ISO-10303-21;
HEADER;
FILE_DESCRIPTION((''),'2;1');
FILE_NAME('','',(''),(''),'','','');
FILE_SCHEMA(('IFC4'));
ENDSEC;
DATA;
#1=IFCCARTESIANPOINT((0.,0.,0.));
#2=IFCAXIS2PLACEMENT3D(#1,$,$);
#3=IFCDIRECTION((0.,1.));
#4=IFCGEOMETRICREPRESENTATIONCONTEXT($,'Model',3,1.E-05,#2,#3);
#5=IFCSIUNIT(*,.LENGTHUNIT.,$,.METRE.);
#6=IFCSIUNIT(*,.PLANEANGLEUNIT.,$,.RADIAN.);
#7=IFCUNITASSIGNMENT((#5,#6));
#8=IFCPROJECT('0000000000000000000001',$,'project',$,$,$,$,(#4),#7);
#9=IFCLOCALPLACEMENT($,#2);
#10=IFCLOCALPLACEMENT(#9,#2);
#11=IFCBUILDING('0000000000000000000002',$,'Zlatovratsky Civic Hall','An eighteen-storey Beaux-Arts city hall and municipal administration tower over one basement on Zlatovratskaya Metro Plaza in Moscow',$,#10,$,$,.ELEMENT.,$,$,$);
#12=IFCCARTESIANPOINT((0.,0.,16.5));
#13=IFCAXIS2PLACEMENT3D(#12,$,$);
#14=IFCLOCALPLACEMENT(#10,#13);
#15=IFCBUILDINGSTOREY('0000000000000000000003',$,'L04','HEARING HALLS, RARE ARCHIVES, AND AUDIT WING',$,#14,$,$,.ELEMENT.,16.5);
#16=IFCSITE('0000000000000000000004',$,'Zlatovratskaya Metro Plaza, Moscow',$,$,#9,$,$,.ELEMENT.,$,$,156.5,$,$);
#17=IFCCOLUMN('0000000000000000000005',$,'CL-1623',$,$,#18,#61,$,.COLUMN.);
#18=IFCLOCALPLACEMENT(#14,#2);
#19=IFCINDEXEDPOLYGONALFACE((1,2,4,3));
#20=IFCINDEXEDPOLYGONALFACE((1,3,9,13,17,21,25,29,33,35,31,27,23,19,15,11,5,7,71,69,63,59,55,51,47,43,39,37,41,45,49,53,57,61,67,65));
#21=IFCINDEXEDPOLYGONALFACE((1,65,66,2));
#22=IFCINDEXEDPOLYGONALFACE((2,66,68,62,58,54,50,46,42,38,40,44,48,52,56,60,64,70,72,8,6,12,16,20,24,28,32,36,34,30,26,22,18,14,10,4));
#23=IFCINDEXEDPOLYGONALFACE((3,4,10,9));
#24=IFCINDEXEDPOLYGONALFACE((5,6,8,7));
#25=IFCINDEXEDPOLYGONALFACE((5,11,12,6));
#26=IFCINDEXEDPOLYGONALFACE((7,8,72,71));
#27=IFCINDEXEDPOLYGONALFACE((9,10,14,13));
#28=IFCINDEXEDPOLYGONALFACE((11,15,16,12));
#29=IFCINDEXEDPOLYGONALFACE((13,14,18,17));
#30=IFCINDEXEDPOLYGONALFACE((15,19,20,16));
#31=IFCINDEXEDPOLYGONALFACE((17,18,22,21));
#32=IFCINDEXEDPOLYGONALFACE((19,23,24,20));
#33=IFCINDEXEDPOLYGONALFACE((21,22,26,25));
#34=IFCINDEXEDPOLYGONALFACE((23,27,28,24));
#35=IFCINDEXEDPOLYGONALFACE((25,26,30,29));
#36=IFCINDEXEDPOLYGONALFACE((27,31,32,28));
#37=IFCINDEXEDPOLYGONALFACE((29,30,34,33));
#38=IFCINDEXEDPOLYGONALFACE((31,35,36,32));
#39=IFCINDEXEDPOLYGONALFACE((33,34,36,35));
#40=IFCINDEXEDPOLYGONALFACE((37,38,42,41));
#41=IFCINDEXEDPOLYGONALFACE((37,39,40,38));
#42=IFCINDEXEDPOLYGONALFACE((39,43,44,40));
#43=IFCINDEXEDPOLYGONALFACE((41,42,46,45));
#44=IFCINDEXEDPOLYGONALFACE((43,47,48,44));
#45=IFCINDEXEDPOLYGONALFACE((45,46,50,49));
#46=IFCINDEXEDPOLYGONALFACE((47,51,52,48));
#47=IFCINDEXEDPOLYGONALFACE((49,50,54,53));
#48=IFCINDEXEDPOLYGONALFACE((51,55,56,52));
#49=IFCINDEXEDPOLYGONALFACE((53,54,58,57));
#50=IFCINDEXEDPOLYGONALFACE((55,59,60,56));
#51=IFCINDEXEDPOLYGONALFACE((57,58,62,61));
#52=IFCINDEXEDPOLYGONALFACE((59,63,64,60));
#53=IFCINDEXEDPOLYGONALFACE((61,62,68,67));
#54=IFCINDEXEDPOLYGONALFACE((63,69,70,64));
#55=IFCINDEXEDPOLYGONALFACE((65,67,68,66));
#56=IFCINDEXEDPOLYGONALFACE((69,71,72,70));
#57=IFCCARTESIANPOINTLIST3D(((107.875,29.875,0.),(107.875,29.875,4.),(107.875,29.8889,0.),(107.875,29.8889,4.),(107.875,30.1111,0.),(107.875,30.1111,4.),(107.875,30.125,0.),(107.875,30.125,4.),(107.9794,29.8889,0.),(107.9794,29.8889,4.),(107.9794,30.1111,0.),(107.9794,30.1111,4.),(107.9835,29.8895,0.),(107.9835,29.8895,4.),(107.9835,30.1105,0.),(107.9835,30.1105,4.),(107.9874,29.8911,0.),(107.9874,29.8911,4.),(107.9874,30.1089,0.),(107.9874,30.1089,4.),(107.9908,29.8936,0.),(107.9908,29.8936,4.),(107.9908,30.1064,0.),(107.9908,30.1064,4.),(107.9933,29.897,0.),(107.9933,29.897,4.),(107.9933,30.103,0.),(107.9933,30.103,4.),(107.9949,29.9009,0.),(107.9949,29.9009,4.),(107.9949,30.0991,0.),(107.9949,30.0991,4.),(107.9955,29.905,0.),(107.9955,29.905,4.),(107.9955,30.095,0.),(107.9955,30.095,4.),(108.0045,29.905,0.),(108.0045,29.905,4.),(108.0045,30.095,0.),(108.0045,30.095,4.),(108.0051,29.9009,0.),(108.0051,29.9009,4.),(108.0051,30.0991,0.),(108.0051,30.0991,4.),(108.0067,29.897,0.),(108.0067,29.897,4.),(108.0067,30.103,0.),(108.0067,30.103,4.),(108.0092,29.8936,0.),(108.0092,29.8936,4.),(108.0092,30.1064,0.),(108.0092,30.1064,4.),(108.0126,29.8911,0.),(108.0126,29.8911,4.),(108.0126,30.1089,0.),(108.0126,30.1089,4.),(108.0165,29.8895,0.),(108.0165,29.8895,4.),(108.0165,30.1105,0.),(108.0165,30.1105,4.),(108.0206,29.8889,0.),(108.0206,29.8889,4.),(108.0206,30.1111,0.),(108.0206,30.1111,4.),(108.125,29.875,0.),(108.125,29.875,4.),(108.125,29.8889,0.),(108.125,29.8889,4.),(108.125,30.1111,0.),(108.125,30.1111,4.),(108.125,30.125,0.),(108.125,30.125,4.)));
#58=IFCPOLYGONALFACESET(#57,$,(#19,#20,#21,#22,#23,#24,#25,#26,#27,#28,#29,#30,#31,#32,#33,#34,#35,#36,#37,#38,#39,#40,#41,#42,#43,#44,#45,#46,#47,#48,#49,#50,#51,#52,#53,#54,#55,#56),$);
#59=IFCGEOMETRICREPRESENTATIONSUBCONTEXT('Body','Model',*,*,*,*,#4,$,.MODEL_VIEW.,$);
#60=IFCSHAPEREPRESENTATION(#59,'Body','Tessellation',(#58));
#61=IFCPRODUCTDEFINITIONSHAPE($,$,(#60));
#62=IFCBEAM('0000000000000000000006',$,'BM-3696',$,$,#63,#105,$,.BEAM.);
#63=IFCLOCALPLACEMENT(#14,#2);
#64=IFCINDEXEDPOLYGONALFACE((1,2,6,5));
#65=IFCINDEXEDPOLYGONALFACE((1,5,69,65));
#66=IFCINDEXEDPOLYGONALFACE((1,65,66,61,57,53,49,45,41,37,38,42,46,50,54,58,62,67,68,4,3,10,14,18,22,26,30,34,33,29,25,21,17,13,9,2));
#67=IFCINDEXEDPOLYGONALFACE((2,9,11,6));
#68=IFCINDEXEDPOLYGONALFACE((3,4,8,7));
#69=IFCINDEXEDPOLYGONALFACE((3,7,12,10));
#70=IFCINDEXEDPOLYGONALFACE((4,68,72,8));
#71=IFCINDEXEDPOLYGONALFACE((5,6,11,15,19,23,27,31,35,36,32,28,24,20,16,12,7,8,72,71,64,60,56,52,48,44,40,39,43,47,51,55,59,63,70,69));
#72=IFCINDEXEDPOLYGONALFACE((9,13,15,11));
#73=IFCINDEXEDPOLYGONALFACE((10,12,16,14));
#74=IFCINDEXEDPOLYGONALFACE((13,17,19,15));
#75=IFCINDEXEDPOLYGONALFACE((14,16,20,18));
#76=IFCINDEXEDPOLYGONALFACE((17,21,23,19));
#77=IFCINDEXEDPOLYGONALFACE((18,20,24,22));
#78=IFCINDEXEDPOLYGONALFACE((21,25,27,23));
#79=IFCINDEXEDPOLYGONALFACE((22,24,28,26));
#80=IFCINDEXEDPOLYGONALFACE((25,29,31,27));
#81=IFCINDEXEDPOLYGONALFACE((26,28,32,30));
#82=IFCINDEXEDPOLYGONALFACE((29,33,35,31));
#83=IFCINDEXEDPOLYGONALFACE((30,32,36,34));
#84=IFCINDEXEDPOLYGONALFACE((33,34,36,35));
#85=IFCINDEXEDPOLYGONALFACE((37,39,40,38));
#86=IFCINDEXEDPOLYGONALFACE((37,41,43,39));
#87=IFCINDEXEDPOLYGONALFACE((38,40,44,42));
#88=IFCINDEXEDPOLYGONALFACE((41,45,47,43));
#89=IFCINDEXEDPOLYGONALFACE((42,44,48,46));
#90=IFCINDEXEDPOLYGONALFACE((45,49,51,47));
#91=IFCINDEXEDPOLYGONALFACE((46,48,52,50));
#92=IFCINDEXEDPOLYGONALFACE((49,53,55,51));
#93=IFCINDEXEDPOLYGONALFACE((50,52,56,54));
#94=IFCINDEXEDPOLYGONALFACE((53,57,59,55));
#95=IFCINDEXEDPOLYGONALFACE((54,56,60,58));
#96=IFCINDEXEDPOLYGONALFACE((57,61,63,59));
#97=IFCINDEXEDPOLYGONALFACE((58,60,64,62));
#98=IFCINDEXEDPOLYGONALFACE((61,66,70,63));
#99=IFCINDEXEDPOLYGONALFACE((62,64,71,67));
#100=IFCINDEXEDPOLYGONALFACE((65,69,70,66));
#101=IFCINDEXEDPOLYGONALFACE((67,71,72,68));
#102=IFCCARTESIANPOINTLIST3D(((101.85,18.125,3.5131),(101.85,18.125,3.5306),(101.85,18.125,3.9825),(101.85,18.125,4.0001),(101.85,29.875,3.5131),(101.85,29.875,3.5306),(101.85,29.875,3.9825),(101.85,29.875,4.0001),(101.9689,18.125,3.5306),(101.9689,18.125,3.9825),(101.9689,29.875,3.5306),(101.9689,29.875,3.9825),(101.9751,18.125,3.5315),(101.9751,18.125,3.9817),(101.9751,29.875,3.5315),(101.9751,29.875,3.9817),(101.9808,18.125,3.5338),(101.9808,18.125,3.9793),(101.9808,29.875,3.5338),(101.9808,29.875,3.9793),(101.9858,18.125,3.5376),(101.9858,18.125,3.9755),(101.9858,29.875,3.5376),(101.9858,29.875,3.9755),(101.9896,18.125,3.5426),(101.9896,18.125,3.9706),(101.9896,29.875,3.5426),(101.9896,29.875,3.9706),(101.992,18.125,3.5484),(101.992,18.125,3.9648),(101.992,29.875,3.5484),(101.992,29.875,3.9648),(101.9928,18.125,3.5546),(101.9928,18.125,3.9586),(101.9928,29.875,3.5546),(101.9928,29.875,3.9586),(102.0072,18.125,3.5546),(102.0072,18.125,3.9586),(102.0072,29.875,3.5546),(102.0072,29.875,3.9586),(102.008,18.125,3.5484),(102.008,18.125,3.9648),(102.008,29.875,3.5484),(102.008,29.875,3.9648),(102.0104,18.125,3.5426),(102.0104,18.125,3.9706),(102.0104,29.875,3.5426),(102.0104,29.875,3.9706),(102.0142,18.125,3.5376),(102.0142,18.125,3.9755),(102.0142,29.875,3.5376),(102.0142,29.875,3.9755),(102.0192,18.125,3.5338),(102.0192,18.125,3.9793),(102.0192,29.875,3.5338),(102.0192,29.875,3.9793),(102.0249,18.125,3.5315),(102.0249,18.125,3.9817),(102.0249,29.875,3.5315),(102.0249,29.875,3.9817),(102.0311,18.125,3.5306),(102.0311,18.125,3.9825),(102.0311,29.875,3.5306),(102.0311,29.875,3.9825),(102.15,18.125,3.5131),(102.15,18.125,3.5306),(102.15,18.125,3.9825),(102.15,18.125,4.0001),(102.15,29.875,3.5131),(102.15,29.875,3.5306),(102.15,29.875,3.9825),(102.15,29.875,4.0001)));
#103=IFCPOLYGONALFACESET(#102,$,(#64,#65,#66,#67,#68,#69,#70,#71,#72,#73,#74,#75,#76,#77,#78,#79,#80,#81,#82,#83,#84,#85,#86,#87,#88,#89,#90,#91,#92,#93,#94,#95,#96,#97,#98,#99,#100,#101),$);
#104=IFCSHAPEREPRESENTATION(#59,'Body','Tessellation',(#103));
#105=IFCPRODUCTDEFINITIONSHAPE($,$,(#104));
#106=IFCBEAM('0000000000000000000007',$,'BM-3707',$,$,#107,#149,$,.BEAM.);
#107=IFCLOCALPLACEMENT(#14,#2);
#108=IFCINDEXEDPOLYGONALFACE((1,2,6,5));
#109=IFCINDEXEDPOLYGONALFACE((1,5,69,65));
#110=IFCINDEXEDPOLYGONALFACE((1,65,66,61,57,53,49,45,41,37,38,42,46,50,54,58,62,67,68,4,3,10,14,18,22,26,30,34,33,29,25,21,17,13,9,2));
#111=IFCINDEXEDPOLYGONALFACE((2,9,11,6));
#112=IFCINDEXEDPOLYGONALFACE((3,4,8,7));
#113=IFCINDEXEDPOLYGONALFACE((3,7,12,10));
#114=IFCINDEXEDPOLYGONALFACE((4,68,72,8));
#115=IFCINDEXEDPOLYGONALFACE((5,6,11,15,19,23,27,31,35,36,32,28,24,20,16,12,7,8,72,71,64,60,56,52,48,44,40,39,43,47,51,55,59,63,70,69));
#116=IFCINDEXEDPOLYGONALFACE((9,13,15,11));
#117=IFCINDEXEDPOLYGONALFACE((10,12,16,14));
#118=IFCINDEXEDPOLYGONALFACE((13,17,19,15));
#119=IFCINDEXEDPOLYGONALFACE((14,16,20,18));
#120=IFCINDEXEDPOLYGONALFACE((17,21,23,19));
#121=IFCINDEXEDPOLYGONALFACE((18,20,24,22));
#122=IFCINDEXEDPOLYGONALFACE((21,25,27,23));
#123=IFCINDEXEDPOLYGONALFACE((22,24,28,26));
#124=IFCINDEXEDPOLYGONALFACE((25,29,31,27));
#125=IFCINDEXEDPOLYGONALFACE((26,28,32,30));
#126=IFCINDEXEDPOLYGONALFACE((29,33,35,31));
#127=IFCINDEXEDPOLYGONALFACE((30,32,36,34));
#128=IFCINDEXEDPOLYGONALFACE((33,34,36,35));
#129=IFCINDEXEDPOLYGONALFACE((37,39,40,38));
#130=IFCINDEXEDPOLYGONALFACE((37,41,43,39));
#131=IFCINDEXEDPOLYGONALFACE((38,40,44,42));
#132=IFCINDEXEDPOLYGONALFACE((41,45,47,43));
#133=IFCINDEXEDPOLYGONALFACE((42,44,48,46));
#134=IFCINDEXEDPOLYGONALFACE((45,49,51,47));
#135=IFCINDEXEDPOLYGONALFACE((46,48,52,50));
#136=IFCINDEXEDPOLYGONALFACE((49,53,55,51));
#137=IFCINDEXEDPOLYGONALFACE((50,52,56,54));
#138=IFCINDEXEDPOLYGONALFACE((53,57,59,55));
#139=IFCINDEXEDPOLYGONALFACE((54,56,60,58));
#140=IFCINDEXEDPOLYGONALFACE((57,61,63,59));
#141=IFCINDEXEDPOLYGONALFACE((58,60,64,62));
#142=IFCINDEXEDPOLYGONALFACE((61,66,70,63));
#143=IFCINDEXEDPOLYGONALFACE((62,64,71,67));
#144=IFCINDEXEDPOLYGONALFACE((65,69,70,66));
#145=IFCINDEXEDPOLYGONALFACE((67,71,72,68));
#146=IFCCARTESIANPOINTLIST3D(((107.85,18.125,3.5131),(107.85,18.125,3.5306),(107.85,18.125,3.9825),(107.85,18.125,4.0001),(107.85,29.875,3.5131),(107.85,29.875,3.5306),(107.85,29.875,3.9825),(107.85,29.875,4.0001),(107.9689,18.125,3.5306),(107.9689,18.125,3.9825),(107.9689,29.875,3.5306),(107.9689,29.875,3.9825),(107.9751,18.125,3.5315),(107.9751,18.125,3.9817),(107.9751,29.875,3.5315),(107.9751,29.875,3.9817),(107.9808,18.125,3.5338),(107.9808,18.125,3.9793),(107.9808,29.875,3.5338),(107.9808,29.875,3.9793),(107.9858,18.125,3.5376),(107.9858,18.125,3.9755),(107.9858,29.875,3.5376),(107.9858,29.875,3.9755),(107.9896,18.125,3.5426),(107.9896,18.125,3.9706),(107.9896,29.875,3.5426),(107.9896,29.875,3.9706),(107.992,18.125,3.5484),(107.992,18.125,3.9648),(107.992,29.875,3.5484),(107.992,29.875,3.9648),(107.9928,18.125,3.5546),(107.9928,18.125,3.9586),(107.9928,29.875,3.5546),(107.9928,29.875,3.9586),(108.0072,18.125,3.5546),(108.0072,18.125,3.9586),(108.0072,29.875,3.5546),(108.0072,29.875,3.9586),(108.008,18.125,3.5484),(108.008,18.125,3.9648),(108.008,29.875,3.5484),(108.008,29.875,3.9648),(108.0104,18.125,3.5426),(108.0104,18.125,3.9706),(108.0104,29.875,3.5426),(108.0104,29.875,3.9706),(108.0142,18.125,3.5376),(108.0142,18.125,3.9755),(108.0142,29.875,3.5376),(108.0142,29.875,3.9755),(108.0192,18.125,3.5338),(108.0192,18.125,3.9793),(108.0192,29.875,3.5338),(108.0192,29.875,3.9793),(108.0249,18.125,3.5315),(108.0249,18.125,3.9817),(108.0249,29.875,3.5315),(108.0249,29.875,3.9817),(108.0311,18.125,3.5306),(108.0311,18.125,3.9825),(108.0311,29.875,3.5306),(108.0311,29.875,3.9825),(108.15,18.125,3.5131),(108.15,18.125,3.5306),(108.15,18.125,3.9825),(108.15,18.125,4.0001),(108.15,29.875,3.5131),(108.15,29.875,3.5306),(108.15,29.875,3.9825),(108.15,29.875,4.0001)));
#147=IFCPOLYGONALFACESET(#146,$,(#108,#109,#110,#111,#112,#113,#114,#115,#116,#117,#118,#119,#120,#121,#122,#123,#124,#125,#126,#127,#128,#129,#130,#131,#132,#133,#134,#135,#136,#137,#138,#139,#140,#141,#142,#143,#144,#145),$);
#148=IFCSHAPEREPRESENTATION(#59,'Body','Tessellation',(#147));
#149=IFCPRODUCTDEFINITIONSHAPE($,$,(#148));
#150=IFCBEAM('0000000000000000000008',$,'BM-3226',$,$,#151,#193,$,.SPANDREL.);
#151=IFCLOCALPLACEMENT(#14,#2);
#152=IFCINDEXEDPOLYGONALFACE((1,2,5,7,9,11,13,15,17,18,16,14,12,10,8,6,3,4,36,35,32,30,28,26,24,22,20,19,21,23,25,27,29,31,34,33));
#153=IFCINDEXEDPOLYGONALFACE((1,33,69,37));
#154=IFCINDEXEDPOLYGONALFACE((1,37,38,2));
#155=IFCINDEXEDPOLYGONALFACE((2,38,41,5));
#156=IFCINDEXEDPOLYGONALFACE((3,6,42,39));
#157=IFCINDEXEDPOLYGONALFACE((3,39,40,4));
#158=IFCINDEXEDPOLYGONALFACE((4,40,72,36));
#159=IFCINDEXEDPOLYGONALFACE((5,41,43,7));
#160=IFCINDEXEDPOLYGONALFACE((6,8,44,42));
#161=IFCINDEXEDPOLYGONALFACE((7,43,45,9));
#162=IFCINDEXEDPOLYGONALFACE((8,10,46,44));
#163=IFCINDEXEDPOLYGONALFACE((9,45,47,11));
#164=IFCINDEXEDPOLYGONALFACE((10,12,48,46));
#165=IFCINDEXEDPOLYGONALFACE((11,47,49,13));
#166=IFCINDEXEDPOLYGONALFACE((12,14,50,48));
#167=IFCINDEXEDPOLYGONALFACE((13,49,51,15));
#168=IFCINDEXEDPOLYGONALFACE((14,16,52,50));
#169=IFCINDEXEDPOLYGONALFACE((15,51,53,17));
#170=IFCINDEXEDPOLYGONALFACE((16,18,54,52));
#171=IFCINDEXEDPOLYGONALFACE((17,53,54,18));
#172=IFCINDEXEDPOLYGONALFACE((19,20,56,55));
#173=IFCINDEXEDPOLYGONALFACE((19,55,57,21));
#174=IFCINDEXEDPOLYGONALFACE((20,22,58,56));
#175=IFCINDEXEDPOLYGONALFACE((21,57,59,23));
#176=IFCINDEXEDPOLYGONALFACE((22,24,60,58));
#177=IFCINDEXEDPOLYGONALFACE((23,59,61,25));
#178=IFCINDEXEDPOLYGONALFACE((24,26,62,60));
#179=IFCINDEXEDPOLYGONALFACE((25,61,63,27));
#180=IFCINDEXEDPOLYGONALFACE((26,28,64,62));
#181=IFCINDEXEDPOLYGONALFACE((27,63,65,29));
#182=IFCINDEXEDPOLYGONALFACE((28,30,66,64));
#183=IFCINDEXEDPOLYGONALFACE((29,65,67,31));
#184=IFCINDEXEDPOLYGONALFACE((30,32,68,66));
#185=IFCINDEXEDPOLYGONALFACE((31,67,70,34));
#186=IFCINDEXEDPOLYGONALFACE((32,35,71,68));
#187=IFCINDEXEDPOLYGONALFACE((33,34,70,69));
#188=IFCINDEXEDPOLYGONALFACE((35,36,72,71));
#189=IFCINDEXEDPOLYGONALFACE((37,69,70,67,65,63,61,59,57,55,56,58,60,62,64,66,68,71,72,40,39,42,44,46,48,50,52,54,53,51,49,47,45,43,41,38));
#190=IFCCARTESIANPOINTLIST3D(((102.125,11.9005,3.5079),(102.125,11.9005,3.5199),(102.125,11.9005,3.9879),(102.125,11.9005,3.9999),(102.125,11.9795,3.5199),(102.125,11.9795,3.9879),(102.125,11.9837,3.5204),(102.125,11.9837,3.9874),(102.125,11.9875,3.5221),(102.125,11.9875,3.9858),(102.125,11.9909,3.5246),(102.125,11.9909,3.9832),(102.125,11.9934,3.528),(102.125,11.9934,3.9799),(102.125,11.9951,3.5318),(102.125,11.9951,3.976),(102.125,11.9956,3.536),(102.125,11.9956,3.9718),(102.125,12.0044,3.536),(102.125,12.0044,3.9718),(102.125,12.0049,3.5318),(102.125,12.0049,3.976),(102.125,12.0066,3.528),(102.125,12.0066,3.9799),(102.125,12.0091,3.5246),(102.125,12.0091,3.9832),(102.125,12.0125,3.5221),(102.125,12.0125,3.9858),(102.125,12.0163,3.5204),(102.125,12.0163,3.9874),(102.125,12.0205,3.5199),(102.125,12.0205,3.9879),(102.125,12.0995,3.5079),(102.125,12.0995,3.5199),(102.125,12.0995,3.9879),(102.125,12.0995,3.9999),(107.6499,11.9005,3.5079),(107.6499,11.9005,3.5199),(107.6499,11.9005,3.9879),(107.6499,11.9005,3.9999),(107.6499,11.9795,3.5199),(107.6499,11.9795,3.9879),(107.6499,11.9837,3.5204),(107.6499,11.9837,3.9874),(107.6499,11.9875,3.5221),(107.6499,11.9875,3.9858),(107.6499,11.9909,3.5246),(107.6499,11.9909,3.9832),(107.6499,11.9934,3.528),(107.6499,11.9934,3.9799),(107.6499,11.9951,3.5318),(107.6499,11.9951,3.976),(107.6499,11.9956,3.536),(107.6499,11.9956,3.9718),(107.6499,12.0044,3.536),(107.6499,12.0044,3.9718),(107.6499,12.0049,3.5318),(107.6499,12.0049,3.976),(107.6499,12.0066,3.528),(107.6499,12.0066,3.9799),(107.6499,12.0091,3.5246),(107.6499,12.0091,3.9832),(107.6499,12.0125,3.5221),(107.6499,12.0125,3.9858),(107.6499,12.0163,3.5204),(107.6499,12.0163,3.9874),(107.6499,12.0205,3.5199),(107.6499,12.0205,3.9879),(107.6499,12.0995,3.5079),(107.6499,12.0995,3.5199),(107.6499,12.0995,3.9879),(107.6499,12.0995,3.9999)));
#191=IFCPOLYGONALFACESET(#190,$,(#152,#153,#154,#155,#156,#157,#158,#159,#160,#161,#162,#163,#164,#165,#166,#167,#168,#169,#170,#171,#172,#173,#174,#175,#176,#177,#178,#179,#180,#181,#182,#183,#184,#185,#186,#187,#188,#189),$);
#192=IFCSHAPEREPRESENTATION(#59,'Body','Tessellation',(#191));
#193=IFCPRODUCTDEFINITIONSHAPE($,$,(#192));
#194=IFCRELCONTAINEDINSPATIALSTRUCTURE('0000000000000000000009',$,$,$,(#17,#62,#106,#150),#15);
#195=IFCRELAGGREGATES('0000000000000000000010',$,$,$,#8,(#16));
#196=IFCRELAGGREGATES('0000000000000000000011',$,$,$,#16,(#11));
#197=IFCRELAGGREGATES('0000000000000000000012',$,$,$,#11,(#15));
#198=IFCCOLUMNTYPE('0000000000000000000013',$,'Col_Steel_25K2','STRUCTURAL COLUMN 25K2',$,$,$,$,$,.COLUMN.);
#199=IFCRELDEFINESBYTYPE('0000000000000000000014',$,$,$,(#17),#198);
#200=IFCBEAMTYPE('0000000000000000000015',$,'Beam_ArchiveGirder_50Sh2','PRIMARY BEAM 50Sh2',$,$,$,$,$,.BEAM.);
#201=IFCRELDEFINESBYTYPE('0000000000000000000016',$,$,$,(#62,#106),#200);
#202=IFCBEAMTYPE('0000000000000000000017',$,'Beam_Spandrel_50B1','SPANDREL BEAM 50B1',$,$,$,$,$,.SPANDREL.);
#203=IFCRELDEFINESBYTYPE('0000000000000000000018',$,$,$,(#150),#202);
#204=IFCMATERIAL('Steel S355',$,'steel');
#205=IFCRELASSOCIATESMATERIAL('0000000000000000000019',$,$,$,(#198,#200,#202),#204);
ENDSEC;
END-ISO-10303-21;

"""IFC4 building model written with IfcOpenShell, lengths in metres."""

from ifc_helpers import new_model, si_unit, direction, frame, origin, origin_2d, place, context, subcontext, project, spatial, i_section, extrude, material, material_profile, profile_set, type_object, element, save


model = new_model("IFC4")

# Units and contexts
model_context = context("Model", 3, precision=1e-05, world=origin(), true_north=direction((0.0, 1.0)))
body_context = subcontext(model_context, "Body", "Model", "MODEL_VIEW")
ifc_project = project(units=[si_unit("LENGTHUNIT", "METRE"), si_unit("PLANEANGLEUNIT", "RADIAN")], contexts=[model_context])

# Site, building, storey
site_placement = place(None, origin())
site = spatial("IfcSite", under=ifc_project, at=site_placement, Name="Zlatovratskaya Metro Plaza, Moscow", CompositionType="ELEMENT", RefElevation=156.5)
building_placement = place(site_placement, origin())
building = spatial("IfcBuilding", under=site, at=building_placement, Name="Zlatovratsky Civic Hall", Description="An eighteen-storey Beaux-Arts city hall and municipal administration tower over one basement on Zlatovratskaya Metro Plaza in Moscow", CompositionType="ELEMENT")
storey_placement = place(building_placement, frame((0.0, 0.0, 16.5)))
storey = spatial("IfcBuildingStorey", under=building, at=storey_placement, Name="L04", Description="HEARING HALLS, RARE ARCHIVES, AND AUDIT WING", CompositionType="ELEMENT", Elevation=16.5)

# Column
ifc_material_1 = material(Name="Steel S355", Category="steel")
ifc_material_profile_1 = material_profile(ifc_material_1, i_section(OverallWidth=0.25, OverallDepth=0.25, WebThickness=0.009, FlangeThickness=0.0139, FilletRadius=0.0161, at=origin_2d()), Name="25K2")
ifc_profile_set_1 = profile_set([ifc_material_profile_1], Name="Steel S355")
column_type_1 = type_object("IfcColumnType", Name="Col_Steel_25K2", Description="STRUCTURAL COLUMN 25K2", PredefinedType="COLUMN", material=ifc_profile_set_1)
for number, where, z_axis, x_axis, name in (
    (1, (108.0, 30.0, 0.0), (0.0, 0.0, 1.0), (1.0, 0.0, 0.0), "CL-1623"),
):
    element("IfcColumn", number, at=place(storey_placement, frame(where, z_axis=z_axis, x_axis=x_axis)), inside=storey, type_object=column_type_1, Name=name, PredefinedType="COLUMN", context=body_context, shape_type="SweptSolid", body=[
        extrude(i_section(OverallWidth=0.25, OverallDepth=0.25, WebThickness=0.009, FlangeThickness=0.0139, FilletRadius=0.0161, at=origin_2d()), origin(), (0.0, 0.0, 1.0), 4.0),
    ])

# Beams
ifc_material_profile_2 = material_profile(ifc_material_1, i_section(OverallWidth=0.3, OverallDepth=0.4871, WebThickness=0.0144, FlangeThickness=0.0176, FilletRadius=0.0239, at=origin_2d()), Name="50Sh2")
ifc_profile_set_2 = profile_set([ifc_material_profile_2], Name="Steel S355")
beam_type_1 = type_object("IfcBeamType", Name="Beam_ArchiveGirder_50Sh2", Description="PRIMARY BEAM 50Sh2", PredefinedType="BEAM", material=ifc_profile_set_2)
for number, where, z_axis, x_axis, name in (
    (2, (102.0, 18.125, 3.7566), (0.0, 1.0, 0.0), (-1.0, 0.0, 0.0), "BM-3696"),
    (3, (108.0, 18.125, 3.7566), (0.0, 1.0, 0.0), (-1.0, 0.0, 0.0), "BM-3707"),
):
    element("IfcBeam", number, at=place(storey_placement, frame(where, z_axis=z_axis, x_axis=x_axis)), inside=storey, type_object=beam_type_1, Name=name, PredefinedType="BEAM", context=body_context, shape_type="SweptSolid", body=[
        extrude(i_section(OverallWidth=0.3, OverallDepth=0.4871, WebThickness=0.0144, FlangeThickness=0.0176, FilletRadius=0.0239, at=origin_2d()), origin(), (0.0, 0.0, 1.0), 11.75),
    ])
ifc_material_profile_3 = material_profile(ifc_material_1, i_section(OverallWidth=0.199, OverallDepth=0.4919, WebThickness=0.0088, FlangeThickness=0.012, FilletRadius=0.0161, at=origin_2d()), Name="50B1")
ifc_profile_set_3 = profile_set([ifc_material_profile_3], Name="Steel S355")
beam_type_2 = type_object("IfcBeamType", Name="Beam_Spandrel_50B1", Description="SPANDREL BEAM 50B1", PredefinedType="SPANDREL", material=ifc_profile_set_3)
beam_1_placement = place(storey_placement, frame((102.125, 12.0, 3.7539), z_axis=(1.0, 0.0, 0.0), x_axis=(0.0, 1.0, 0.0)))
element("IfcBeam", 4, at=beam_1_placement, inside=storey, type_object=beam_type_2, Name="BM-3226", PredefinedType="SPANDREL", context=body_context, shape_type="SweptSolid", body=[
    extrude(i_section(OverallWidth=0.199, OverallDepth=0.4919, WebThickness=0.0088, FlangeThickness=0.012, FilletRadius=0.0161, at=origin_2d()), origin(), (0.0, 0.0, 1.0), 5.5249),
])

save(model, "model.ifc")
